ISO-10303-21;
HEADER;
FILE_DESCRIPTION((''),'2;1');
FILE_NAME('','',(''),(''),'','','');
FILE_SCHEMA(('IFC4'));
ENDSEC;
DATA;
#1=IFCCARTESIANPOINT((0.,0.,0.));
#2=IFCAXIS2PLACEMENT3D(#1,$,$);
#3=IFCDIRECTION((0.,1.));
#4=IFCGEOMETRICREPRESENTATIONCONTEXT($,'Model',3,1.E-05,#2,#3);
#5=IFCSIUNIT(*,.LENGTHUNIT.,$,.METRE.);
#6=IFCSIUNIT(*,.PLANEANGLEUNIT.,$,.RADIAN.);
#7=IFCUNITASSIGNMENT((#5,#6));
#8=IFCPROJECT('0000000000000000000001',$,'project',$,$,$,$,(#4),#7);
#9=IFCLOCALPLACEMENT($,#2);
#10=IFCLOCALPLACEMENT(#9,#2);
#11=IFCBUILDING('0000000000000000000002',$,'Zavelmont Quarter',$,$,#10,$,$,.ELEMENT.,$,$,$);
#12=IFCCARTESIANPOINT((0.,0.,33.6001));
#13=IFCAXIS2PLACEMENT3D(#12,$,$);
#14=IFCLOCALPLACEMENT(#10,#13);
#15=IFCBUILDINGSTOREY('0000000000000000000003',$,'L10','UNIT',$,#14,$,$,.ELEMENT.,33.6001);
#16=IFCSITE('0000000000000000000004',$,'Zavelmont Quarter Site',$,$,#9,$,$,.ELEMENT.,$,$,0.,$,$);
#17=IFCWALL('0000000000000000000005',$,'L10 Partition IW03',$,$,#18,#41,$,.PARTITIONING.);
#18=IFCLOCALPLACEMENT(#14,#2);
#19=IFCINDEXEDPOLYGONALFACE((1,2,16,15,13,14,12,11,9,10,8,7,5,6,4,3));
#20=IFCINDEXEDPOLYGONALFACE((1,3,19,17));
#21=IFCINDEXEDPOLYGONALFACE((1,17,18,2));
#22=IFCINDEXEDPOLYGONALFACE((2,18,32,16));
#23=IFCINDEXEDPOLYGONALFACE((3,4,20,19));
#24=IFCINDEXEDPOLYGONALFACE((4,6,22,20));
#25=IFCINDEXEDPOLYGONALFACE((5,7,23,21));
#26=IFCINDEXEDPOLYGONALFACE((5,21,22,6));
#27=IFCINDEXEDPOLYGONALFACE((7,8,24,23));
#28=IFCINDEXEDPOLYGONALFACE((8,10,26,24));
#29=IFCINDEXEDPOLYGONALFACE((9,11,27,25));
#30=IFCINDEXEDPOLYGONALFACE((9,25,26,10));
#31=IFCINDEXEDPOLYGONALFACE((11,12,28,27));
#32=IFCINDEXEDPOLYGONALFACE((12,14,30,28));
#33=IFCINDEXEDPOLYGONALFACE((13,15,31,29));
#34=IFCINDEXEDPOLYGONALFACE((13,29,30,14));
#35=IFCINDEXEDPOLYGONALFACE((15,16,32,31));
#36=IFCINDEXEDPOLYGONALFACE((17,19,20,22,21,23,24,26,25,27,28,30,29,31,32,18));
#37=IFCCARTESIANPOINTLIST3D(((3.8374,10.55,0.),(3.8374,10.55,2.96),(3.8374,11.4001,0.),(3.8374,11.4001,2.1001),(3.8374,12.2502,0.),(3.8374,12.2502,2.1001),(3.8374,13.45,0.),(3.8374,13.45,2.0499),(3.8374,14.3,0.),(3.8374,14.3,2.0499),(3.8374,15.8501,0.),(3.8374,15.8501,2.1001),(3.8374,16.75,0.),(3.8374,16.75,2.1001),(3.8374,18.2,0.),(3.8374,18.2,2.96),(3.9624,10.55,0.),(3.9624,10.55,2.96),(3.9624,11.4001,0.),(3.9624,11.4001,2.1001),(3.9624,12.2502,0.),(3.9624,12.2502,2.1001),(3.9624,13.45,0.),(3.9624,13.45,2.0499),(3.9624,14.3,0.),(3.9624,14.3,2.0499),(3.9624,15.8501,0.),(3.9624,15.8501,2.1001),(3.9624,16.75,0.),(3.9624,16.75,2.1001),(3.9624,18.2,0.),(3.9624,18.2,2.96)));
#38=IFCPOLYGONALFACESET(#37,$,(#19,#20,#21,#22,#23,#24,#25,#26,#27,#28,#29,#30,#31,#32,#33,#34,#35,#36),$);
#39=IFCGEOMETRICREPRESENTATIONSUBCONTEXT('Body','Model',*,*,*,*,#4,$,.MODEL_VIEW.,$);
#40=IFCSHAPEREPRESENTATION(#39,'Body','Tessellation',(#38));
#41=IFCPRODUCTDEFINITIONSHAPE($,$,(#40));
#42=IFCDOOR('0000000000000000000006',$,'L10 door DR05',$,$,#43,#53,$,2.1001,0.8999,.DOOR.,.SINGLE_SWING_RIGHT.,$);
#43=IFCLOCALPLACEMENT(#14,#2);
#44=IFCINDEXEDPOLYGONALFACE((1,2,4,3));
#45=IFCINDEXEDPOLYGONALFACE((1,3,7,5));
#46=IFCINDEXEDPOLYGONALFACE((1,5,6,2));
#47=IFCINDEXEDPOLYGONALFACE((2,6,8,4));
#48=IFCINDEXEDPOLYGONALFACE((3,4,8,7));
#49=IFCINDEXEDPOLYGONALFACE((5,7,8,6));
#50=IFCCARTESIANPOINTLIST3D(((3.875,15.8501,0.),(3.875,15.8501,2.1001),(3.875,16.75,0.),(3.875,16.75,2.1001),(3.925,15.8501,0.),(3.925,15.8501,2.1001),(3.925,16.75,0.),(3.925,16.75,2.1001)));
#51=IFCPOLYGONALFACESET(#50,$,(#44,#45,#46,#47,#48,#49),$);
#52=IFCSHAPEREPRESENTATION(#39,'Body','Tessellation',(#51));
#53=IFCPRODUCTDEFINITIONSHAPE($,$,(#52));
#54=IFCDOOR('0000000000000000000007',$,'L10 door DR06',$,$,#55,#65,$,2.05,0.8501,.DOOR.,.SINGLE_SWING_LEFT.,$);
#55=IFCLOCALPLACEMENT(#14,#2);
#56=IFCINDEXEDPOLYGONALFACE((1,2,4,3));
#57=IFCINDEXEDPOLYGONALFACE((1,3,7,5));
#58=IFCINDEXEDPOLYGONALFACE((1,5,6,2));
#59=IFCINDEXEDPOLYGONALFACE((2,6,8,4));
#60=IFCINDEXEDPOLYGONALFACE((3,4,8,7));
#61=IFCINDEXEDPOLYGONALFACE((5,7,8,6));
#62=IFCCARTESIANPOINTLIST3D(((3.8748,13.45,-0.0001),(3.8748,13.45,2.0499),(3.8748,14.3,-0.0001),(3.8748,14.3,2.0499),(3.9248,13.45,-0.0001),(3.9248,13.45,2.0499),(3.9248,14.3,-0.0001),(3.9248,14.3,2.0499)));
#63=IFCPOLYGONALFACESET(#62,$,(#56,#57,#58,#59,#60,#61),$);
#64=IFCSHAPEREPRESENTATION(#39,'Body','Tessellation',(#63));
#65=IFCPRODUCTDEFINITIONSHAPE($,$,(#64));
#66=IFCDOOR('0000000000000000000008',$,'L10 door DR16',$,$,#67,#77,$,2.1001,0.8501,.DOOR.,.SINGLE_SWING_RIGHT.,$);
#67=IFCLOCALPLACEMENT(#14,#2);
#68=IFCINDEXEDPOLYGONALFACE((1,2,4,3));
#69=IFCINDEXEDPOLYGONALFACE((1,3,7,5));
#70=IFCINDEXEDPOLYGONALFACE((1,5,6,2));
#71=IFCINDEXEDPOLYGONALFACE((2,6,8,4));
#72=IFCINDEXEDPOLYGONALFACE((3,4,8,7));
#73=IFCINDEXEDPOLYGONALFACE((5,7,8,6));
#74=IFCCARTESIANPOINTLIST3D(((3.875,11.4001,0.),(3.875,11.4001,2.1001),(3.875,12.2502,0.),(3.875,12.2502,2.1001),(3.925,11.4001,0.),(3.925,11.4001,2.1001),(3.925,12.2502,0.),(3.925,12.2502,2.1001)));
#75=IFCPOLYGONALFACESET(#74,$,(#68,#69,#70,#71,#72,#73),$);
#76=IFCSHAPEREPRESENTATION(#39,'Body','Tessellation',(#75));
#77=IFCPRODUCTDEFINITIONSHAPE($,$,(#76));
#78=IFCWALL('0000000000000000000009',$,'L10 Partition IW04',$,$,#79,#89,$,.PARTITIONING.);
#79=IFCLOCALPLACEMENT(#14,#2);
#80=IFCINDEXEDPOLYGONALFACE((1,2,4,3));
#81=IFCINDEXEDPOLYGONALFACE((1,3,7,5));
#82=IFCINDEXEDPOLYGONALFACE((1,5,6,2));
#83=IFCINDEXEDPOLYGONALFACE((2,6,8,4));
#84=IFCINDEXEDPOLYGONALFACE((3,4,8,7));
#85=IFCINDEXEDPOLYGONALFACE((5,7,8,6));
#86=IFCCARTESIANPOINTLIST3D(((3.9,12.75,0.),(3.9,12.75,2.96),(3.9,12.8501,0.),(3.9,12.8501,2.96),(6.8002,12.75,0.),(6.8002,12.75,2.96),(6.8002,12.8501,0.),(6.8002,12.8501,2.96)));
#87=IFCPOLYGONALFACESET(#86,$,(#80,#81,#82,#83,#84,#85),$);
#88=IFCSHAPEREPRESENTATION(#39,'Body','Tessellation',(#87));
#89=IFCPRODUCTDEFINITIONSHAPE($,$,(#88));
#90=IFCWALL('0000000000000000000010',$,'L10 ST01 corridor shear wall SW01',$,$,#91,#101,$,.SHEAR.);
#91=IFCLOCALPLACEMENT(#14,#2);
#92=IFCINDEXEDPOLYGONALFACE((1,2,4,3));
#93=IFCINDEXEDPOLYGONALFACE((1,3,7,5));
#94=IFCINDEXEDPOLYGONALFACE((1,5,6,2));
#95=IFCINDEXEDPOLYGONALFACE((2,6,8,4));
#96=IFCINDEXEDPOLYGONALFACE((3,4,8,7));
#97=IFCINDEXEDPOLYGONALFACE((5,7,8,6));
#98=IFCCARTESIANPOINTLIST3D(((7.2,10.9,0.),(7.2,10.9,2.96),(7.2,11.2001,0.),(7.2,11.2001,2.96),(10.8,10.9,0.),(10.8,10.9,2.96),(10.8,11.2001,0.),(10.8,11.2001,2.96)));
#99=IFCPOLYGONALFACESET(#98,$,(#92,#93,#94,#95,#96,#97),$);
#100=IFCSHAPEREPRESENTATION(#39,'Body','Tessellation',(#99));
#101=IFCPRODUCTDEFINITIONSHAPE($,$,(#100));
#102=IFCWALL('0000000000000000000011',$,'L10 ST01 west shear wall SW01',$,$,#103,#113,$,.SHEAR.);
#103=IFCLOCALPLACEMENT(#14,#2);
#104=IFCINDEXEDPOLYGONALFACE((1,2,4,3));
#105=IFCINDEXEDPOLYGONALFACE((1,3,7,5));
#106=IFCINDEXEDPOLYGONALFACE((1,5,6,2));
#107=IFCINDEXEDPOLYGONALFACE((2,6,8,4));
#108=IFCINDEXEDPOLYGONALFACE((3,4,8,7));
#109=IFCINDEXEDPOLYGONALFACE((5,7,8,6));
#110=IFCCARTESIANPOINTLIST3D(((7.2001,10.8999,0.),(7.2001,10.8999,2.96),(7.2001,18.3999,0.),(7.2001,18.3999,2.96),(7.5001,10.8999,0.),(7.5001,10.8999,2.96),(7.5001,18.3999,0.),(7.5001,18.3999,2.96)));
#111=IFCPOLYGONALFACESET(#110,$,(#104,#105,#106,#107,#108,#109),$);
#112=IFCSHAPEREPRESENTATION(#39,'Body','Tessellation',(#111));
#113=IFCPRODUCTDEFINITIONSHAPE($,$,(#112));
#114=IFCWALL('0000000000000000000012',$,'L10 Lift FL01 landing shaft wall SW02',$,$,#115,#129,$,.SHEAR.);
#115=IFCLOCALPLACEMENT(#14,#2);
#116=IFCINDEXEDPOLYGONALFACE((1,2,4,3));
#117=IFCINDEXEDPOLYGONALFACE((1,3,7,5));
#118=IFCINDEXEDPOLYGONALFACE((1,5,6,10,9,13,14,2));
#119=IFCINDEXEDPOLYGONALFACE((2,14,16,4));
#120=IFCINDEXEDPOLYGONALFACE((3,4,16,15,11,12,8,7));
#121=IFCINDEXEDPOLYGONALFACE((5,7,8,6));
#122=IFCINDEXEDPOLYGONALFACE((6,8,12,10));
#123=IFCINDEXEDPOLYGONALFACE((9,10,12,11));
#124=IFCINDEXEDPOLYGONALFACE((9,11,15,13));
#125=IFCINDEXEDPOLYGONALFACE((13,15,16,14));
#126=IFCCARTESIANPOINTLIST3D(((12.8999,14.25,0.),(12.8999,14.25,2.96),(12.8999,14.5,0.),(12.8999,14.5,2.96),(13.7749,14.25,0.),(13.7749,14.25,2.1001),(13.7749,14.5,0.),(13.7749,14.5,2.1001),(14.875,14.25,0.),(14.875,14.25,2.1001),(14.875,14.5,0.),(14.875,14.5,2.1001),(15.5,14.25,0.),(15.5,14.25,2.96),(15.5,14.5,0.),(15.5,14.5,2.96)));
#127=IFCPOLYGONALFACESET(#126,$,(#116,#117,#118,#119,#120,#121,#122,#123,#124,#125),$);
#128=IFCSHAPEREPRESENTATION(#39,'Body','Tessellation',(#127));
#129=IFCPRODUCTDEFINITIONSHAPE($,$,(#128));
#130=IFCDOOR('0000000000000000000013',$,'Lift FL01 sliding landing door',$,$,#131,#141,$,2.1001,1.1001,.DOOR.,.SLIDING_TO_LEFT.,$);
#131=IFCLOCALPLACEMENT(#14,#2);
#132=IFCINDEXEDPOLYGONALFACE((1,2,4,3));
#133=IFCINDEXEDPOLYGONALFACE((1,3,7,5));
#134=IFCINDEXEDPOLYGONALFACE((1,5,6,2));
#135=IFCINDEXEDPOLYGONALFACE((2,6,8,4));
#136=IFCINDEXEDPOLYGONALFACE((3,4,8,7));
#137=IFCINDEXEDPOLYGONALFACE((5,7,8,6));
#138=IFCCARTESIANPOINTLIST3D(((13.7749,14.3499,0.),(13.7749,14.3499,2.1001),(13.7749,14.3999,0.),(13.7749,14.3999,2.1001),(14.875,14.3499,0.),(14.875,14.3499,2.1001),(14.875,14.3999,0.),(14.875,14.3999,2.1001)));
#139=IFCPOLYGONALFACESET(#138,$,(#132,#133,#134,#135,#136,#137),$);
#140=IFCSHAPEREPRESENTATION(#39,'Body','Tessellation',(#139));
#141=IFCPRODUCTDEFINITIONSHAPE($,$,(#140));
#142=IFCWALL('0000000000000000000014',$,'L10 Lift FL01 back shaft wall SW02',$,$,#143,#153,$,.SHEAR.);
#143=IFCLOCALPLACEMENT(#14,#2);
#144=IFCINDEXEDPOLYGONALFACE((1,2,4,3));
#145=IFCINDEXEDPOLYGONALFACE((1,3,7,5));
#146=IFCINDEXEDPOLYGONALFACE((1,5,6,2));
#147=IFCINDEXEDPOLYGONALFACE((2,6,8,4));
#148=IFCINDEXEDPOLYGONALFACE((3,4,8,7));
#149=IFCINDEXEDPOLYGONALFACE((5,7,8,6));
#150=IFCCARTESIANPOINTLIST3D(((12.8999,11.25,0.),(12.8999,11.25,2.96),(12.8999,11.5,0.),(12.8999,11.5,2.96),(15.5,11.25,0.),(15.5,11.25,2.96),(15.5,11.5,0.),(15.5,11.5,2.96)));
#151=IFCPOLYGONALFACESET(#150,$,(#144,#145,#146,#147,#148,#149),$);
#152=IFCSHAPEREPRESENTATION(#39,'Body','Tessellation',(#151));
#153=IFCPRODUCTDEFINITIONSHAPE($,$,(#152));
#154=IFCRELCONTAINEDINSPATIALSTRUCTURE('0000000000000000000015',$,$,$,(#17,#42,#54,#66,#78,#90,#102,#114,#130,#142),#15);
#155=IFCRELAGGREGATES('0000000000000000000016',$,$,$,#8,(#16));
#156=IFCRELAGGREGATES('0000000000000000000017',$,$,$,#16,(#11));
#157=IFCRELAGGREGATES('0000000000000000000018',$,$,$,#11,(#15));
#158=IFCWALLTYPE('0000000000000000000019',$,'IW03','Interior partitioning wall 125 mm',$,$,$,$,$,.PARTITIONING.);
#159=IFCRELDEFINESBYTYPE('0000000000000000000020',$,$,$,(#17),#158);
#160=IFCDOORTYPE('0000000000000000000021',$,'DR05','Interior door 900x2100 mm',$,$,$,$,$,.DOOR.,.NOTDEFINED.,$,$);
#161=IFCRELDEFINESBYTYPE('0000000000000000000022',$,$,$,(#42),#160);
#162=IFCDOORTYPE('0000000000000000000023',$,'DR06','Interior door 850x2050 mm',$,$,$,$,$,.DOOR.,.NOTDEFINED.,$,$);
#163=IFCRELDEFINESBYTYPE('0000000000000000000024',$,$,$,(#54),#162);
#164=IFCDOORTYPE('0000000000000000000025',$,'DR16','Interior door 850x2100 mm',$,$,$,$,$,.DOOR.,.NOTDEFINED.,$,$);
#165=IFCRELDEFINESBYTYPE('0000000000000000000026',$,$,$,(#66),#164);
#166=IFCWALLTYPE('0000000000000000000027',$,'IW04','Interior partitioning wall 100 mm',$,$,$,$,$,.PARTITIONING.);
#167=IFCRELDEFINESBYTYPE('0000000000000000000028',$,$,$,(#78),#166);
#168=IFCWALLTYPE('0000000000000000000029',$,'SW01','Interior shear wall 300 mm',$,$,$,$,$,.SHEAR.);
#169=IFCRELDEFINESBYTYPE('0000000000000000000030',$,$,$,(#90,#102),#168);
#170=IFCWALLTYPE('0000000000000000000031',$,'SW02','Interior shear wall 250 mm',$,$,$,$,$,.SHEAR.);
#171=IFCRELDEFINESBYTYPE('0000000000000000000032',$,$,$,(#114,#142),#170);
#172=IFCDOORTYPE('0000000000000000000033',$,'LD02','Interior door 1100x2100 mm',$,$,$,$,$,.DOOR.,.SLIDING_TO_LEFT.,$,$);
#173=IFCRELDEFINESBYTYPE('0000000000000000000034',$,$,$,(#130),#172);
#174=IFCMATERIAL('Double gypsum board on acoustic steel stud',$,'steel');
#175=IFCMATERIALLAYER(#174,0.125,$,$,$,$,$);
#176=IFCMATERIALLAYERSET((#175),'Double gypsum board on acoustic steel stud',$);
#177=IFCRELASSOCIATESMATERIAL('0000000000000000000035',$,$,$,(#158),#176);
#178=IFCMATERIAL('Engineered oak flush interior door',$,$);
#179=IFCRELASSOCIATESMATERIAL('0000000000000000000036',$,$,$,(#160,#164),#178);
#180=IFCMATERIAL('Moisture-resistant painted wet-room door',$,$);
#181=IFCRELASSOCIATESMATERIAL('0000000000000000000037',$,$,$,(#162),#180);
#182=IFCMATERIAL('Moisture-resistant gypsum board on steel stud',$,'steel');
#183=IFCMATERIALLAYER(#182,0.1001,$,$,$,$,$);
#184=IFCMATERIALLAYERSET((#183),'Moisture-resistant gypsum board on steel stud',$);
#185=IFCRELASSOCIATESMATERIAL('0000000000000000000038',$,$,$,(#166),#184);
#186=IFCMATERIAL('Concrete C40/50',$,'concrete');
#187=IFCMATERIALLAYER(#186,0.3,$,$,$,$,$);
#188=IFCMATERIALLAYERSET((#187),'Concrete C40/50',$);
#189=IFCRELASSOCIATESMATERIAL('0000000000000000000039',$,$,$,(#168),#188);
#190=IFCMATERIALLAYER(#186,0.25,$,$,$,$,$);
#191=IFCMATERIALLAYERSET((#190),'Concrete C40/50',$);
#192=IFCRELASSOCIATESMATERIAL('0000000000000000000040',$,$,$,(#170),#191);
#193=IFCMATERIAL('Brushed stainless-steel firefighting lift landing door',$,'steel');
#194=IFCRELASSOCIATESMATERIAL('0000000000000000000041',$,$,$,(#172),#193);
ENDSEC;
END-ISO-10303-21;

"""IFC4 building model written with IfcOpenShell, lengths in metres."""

from ifc_helpers import new_model, si_unit, direction, frame, frame_2d, origin, origin_with_axes, place, context, subcontext, project, spatial, rectangle, extrude, material, layer, layer_set, type_object, element, fill, save


model = new_model("IFC4")

# Units and contexts
model_context = context("Model", 3, precision=1e-05, world=origin(), true_north=direction((0.0, 1.0)))
body_context = subcontext(model_context, "Body", "Model", "MODEL_VIEW")
ifc_project = project(units=[si_unit("LENGTHUNIT", "METRE"), si_unit("PLANEANGLEUNIT", "RADIAN")], contexts=[model_context])

# Site, building, storey
site_placement = place(None, origin())
site = spatial("IfcSite", under=ifc_project, at=site_placement, Name="Zavelmont Quarter Site", CompositionType="ELEMENT", RefElevation=0.0)
building_placement = place(site_placement, origin())
building = spatial("IfcBuilding", under=site, at=building_placement, Name="Zavelmont Quarter", CompositionType="ELEMENT")
storey_placement = place(building_placement, frame((0.0, 0.0, 33.6001)))
storey = spatial("IfcBuildingStorey", under=building, at=storey_placement, Name="L10", Description="UNIT", CompositionType="ELEMENT", Elevation=33.6001)

# Shared definitions
ifc_material_1 = material(Name="Concrete C40/50", Category="concrete")

# Wall, openings, doors
ifc_material_2 = material(Name="Double gypsum board on acoustic steel stud", Category="steel")
ifc_layer_1 = layer(ifc_material_2, 0.125)
ifc_layer_set_1 = layer_set([ifc_layer_1], Name="Double gypsum board on acoustic steel stud")
wall_type_1 = type_object("IfcWallType", Name="IW03", Description="Interior partitioning wall 125 mm", PredefinedType="PARTITIONING", material=ifc_layer_set_1)
wall_1_placement = place(storey_placement, frame((3.8999, 10.55, 0.0), z_axis=(0.0, 0.0, 1.0), x_axis=(0.0, 1.0, 0.0)))
wall_1 = element("IfcWall", 1, at=wall_1_placement, inside=storey, type_object=wall_type_1, Name="L10 Partition IW03", PredefinedType="PARTITIONING", context=body_context, shape_type="SweptSolid", body=[
    extrude(rectangle(XDim=7.6499, YDim=0.125, at=frame_2d((3.825, 0.0))), origin(), (0.0, 0.0, 1.0), 2.96),
])
opening_1_placement = place(wall_1_placement, frame((0.8501, 0.0, 0.0)))
opening_1 = element("IfcOpeningElement", 2, at=opening_1_placement, cuts=wall_1, PredefinedType="OPENING", context=body_context, shape_type="SweptSolid", body=[
    extrude(rectangle(XDim=0.8501, YDim=2.1001, at=frame_2d((0.425, 1.05))), frame((0.0, 0.0745, 0.0), z_axis=(0.0, -1.0, 0.0), x_axis=(1.0, 0.0, 0.0)), (0.0, 0.0, 1.0), 0.1489),
])
opening_2_placement = place(wall_1_placement, frame((2.8999, 0.0, 0.0)))
opening_2 = element("IfcOpeningElement", 3, at=opening_2_placement, cuts=wall_1, PredefinedType="OPENING", context=body_context, shape_type="SweptSolid", body=[
    extrude(rectangle(XDim=0.8501, YDim=2.05, at=frame_2d((0.425, 1.0249))), frame((0.0, 0.0745, 0.0), z_axis=(0.0, -1.0, 0.0), x_axis=(1.0, 0.0, 0.0)), (0.0, 0.0, 1.0), 0.1489),
])
opening_3_placement = place(wall_1_placement, frame((5.3, 0.0, 0.0)))
opening_3 = element("IfcOpeningElement", 4, at=opening_3_placement, cuts=wall_1, PredefinedType="OPENING", context=body_context, shape_type="SweptSolid", body=[
    extrude(rectangle(XDim=0.8999, YDim=2.1001, at=frame_2d((0.45, 1.05))), frame((0.0, 0.0745, 0.0), z_axis=(0.0, -1.0, 0.0), x_axis=(1.0, 0.0, 0.0)), (0.0, 0.0, 1.0), 0.1489),
])
ifc_material_3 = material(Name="Engineered oak flush interior door")
door_type_1 = type_object("IfcDoorType", Name="DR05", Description="Interior door 900x2100 mm", OperationType="NOTDEFINED", PredefinedType="DOOR", material=ifc_material_3)
door_1_placement = place(opening_3_placement, origin_with_axes())
door_1 = element("IfcDoor", 5, at=door_1_placement, inside=storey, type_object=door_type_1, Name="L10 door DR05", OperationType="SINGLE_SWING_RIGHT", OverallHeight=2.1001, OverallWidth=0.8999, PredefinedType="DOOR", context=body_context, shape_type="SweptSolid", body=[
    extrude(rectangle(XDim=0.8999, YDim=2.1001, at=frame_2d((0.45, 1.05))), frame((0.0, 0.0249, 0.0), z_axis=(0.0, -1.0, 0.0), x_axis=(1.0, 0.0, 0.0)), (0.0, 0.0, 1.0), 0.05),
])
fill(opening_3, door_1)
ifc_material_4 = material(Name="Moisture-resistant painted wet-room door")
door_type_2 = type_object("IfcDoorType", Name="DR06", Description="Interior door 850x2050 mm", OperationType="NOTDEFINED", PredefinedType="DOOR", material=ifc_material_4)
door_2_placement = place(opening_2_placement, frame((0.8501, 0.0, 0.0), z_axis=(0.0, 0.0, 1.0), x_axis=(-1.0, 0.0, 0.0)))
door_2 = element("IfcDoor", 6, at=door_2_placement, inside=storey, type_object=door_type_2, Name="L10 door DR06", OperationType="SINGLE_SWING_LEFT", OverallHeight=2.05, OverallWidth=0.8501, PredefinedType="DOOR", context=body_context, shape_type="SweptSolid", body=[
    extrude(rectangle(XDim=0.8501, YDim=2.05, at=frame_2d((0.425, 1.0249))), frame((0.0, 0.0249, 0.0), z_axis=(0.0, -1.0, 0.0), x_axis=(1.0, 0.0, 0.0)), (0.0, 0.0, 1.0), 0.05),
])
fill(opening_2, door_2)
door_type_3 = type_object("IfcDoorType", Name="DR16", Description="Interior door 850x2100 mm", OperationType="NOTDEFINED", PredefinedType="DOOR", material=ifc_material_3)
door_3_placement = place(opening_1_placement, origin_with_axes())
door_3 = element("IfcDoor", 7, at=door_3_placement, inside=storey, type_object=door_type_3, Name="L10 door DR16", OperationType="SINGLE_SWING_RIGHT", OverallHeight=2.1001, OverallWidth=0.8501, PredefinedType="DOOR", context=body_context, shape_type="SweptSolid", body=[
    extrude(rectangle(XDim=0.8501, YDim=2.1001, at=frame_2d((0.425, 1.05))), frame((0.0, 0.0249, 0.0), z_axis=(0.0, -1.0, 0.0), x_axis=(1.0, 0.0, 0.0)), (0.0, 0.0, 1.0), 0.05),
])
fill(opening_1, door_3)

# Walls
ifc_material_5 = material(Name="Moisture-resistant gypsum board on steel stud", Category="steel")
ifc_layer_2 = layer(ifc_material_5, 0.1001)
ifc_layer_set_2 = layer_set([ifc_layer_2], Name="Moisture-resistant gypsum board on steel stud")
wall_type_2 = type_object("IfcWallType", Name="IW04", Description="Interior partitioning wall 100 mm", PredefinedType="PARTITIONING", material=ifc_layer_set_2)
wall_2_placement = place(storey_placement, frame((3.8999, 12.8, 0.0), z_axis=(0.0, 0.0, 1.0), x_axis=(1.0, 0.0, 0.0)))
element("IfcWall", 8, at=wall_2_placement, inside=storey, type_object=wall_type_2, Name="L10 Partition IW04", PredefinedType="PARTITIONING", context=body_context, shape_type="SweptSolid", body=[
    extrude(rectangle(XDim=2.9001, YDim=0.1001, at=frame_2d((1.4502, 0.0))), origin(), (0.0, 0.0, 1.0), 2.96),
])
ifc_layer_3 = layer(ifc_material_1, 0.3)
ifc_layer_set_3 = layer_set([ifc_layer_3], Name="Concrete C40/50")
wall_type_3 = type_object("IfcWallType", Name="SW01", Description="Interior shear wall 300 mm", PredefinedType="SHEAR", material=ifc_layer_set_3)
wall_3_placement = place(storey_placement, frame((7.2, 11.05, 0.0), z_axis=(0.0, 0.0, 1.0), x_axis=(1.0, 0.0, 0.0)))
element("IfcWall", 9, at=wall_3_placement, inside=storey, type_object=wall_type_3, Name="L10 ST01 corridor shear wall SW01", PredefinedType="SHEAR", context=body_context, shape_type="SweptSolid", body=[
    extrude(rectangle(XDim=3.6001, YDim=0.3, at=frame_2d((1.8, 0.0))), origin(), (0.0, 0.0, 1.0), 2.96),
])
wall_4_placement = place(storey_placement, frame((7.3501, 10.8999, 0.0), z_axis=(0.0, 0.0, 1.0), x_axis=(0.0, 1.0, 0.0)))
element("IfcWall", 10, at=wall_4_placement, inside=storey, type_object=wall_type_3, Name="L10 ST01 west shear wall SW01", PredefinedType="SHEAR", context=body_context, shape_type="SweptSolid", body=[
    extrude(rectangle(XDim=7.5, YDim=0.3, at=frame_2d((3.75, 0.0))), origin(), (0.0, 0.0, 1.0), 2.96),
])

# Wall, opening, door
ifc_layer_4 = layer(ifc_material_1, 0.25)
ifc_layer_set_4 = layer_set([ifc_layer_4], Name="Concrete C40/50")
wall_type_4 = type_object("IfcWallType", Name="SW02", Description="Interior shear wall 250 mm", PredefinedType="SHEAR", material=ifc_layer_set_4)
wall_5_placement = place(storey_placement, frame((12.8999, 14.375, 0.0), z_axis=(0.0, 0.0, 1.0), x_axis=(1.0, 0.0, 0.0)))
wall_5 = element("IfcWall", 11, at=wall_5_placement, inside=storey, type_object=wall_type_4, Name="L10 Lift FL01 landing shaft wall SW02", PredefinedType="SHEAR", context=body_context, shape_type="SweptSolid", body=[
    extrude(rectangle(XDim=2.6001, YDim=0.25, at=frame_2d((1.3, 0.0))), origin(), (0.0, 0.0, 1.0), 2.96),
])
opening_4_placement = place(wall_5_placement, frame((0.875, 0.0, 0.0)))
opening_4 = element("IfcOpeningElement", 12, at=opening_4_placement, cuts=wall_5, PredefinedType="OPENING", context=body_context, shape_type="SweptSolid", body=[
    extrude(rectangle(XDim=1.1001, YDim=2.1001, at=frame_2d((0.55, 1.05))), frame((0.0, 0.137, 0.0), z_axis=(0.0, -1.0, 0.0), x_axis=(1.0, 0.0, 0.0)), (0.0, 0.0, 1.0), 0.2739),
])
ifc_material_6 = material(Name="Brushed stainless-steel firefighting lift landing door", Category="steel")
door_type_4 = type_object("IfcDoorType", Name="LD02", Description="Interior door 1100x2100 mm", OperationType="SLIDING_TO_LEFT", PredefinedType="DOOR", material=ifc_material_6)
door_4_placement = place(opening_4_placement, origin_with_axes())
door_4 = element("IfcDoor", 13, at=door_4_placement, inside=storey, type_object=door_type_4, Name="Lift FL01 sliding landing door", OperationType="SLIDING_TO_LEFT", OverallHeight=2.1001, OverallWidth=1.1001, PredefinedType="DOOR", context=body_context, shape_type="SweptSolid", body=[
    extrude(rectangle(XDim=1.1001, YDim=2.1001, at=frame_2d((0.55, 1.05))), frame((0.0, 0.0249, 0.0), z_axis=(0.0, -1.0, 0.0), x_axis=(1.0, 0.0, 0.0)), (0.0, 0.0, 1.0), 0.05),
])
fill(opening_4, door_4)

# Wall
wall_6_placement = place(storey_placement, frame((12.8999, 11.375, 0.0), z_axis=(0.0, 0.0, 1.0), x_axis=(1.0, 0.0, 0.0)))
element("IfcWall", 14, at=wall_6_placement, inside=storey, type_object=wall_type_4, Name="L10 Lift FL01 back shaft wall SW02", PredefinedType="SHEAR", context=body_context, shape_type="SweptSolid", body=[
    extrude(rectangle(XDim=2.6001, YDim=0.25, at=frame_2d((1.3, 0.0))), origin(), (0.0, 0.0, 1.0), 2.96),
])

save(model, "model.ifc")
